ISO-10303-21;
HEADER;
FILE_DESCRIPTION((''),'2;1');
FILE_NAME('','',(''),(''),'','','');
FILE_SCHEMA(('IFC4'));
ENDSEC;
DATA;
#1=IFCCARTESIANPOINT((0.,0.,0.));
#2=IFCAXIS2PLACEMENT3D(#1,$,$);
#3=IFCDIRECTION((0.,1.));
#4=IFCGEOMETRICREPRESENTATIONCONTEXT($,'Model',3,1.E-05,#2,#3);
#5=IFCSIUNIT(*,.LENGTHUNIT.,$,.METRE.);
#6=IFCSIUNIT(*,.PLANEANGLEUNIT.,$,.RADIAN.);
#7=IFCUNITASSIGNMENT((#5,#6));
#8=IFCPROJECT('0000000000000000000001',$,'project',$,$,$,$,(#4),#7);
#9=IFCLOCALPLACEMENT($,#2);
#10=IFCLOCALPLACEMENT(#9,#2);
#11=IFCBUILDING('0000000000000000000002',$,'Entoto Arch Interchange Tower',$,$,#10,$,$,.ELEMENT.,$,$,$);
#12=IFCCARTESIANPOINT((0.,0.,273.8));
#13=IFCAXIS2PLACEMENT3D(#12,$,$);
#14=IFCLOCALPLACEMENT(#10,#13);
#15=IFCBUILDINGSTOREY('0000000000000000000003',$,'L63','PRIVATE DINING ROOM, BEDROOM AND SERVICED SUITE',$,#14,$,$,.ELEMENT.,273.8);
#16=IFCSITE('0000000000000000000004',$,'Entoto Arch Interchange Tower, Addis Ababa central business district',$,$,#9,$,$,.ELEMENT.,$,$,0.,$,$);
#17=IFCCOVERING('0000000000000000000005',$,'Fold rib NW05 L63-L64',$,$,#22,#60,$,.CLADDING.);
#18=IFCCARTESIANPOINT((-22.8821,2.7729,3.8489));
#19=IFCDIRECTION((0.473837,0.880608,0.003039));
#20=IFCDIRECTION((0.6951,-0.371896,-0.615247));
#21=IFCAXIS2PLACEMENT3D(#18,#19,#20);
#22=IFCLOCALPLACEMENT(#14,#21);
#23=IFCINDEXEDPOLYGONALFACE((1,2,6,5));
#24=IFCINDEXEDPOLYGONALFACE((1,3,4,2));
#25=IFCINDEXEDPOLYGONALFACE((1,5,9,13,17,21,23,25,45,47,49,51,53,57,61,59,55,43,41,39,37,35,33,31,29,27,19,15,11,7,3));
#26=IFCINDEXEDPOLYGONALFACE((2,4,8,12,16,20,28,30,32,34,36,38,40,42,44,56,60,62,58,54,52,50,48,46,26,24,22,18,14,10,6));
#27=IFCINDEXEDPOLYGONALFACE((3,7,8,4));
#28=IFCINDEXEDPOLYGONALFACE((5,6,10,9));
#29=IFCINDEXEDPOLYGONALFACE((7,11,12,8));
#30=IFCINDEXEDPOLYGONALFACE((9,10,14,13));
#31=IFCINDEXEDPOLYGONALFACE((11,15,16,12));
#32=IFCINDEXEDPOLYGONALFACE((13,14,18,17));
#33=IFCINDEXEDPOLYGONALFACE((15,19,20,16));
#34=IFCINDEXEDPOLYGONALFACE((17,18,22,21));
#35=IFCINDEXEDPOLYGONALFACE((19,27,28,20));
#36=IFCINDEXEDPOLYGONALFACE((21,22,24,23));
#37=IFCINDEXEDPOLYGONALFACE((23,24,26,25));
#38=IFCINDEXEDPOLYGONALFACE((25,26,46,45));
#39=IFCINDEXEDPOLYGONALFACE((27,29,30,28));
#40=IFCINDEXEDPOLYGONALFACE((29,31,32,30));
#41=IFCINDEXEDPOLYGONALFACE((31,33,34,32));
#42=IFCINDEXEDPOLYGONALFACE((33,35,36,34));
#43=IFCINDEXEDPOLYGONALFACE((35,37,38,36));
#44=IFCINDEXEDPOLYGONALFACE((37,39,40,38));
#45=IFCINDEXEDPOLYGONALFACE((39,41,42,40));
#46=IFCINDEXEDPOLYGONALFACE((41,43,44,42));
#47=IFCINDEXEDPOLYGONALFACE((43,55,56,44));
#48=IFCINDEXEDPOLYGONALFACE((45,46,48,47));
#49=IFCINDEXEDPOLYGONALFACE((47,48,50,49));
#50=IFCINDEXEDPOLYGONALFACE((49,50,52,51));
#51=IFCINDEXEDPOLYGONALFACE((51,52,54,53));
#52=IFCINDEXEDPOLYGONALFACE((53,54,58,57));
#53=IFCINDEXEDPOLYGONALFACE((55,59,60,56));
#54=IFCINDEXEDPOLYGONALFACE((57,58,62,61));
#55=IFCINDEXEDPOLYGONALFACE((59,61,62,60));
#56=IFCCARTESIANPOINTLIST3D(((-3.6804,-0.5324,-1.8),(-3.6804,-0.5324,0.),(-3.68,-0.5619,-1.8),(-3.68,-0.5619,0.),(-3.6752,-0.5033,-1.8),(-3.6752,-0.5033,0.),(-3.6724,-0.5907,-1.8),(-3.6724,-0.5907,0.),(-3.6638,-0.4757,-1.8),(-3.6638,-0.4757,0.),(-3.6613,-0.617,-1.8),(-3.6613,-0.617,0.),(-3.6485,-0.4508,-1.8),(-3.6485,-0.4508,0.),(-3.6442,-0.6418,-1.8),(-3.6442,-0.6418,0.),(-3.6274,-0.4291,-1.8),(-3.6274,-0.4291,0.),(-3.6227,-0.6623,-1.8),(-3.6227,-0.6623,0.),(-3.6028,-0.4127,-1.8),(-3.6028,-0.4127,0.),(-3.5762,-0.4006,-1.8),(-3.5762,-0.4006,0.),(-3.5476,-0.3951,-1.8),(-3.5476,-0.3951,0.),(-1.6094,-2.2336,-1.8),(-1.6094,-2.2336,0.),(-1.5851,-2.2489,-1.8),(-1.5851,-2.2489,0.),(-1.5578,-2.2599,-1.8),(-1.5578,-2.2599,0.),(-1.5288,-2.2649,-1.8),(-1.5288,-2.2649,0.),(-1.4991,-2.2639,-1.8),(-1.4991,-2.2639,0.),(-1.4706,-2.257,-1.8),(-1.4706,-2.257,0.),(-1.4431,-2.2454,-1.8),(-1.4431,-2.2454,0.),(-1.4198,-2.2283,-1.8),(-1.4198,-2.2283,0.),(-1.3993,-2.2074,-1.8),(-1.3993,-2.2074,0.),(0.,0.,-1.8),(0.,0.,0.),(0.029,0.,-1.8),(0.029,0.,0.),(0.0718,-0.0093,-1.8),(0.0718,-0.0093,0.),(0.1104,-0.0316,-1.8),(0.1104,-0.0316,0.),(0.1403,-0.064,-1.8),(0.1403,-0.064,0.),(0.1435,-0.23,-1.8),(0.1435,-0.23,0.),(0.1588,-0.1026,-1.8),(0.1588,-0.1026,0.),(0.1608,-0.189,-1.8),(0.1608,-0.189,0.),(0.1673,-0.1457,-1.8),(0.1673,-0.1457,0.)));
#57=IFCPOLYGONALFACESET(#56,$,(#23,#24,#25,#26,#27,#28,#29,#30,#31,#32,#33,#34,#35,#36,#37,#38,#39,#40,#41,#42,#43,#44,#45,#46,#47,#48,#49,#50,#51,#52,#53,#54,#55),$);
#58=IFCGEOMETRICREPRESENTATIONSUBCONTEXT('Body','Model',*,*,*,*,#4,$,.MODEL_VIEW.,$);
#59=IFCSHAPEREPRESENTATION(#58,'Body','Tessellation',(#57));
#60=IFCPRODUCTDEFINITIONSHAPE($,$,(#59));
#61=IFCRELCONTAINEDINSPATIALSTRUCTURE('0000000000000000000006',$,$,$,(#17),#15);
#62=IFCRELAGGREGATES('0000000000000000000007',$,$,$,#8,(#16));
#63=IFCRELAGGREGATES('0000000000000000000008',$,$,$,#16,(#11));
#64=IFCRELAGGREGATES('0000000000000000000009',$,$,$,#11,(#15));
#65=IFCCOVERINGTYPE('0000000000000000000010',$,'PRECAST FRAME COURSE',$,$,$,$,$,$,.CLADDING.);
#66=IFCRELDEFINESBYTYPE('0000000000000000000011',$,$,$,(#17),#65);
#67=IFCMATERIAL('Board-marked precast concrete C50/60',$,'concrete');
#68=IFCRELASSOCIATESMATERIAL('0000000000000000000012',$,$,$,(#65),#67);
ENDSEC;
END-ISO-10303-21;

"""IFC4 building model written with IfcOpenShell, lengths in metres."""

from ifc_helpers import new_model, si_unit, direction, frame, origin, place, context, subcontext, project, spatial, polyline, outline, extrude, material, type_object, element, save


model = new_model("IFC4")

# Units and contexts
model_context = context("Model", 3, precision=1e-05, world=origin(), true_north=direction((0.0, 1.0)))
body_context = subcontext(model_context, "Body", "Model", "MODEL_VIEW")
ifc_project = project(units=[si_unit("LENGTHUNIT", "METRE"), si_unit("PLANEANGLEUNIT", "RADIAN")], contexts=[model_context])

# Site, building, storey
site_placement = place(None, origin())
site = spatial("IfcSite", under=ifc_project, at=site_placement, Name="Entoto Arch Interchange Tower, Addis Ababa central business district", CompositionType="ELEMENT", RefElevation=0.0)
building_placement = place(site_placement, origin())
building = spatial("IfcBuilding", under=site, at=building_placement, Name="Entoto Arch Interchange Tower", CompositionType="ELEMENT")
storey_placement = place(building_placement, frame((0.0, 0.0, 273.8)))
storey = spatial("IfcBuildingStorey", under=building, at=storey_placement, Name="L63", Description="PRIVATE DINING ROOM, BEDROOM AND SERVICED SUITE", CompositionType="ELEMENT", Elevation=273.8)

# Covering
ifc_material_1 = material(Name="Board-marked precast concrete C50/60", Category="concrete")
covering_type = type_object("IfcCoveringType", Name="PRECAST FRAME COURSE", PredefinedType="CLADDING", material=ifc_material_1)
covering_placement = place(storey_placement, frame((-22.8821, 2.7729, 3.8489), z_axis=(0.473837, 0.880608, 0.003039), x_axis=(0.6951, -0.371896, -0.615247)))
element("IfcCovering", 1, at=covering_placement, inside=storey, type_object=covering_type, Name="Fold rib NW05 L63-L64", PredefinedType="CLADDING", context=body_context, shape_type="SweptSolid", body=[
    extrude(outline(polyline([(0.0, 0.0), (0.029, 0.0), (0.0718, -0.0093), (0.1104, -0.0316), (0.1403, -0.064), (0.1588, -0.1026), (0.1673, -0.1457), (0.1608, -0.189), (0.1435, -0.23), (-1.3993, -2.2074), (-1.4198, -2.2283), (-1.4431, -2.2454), (-1.4706, -2.257), (-1.4991, -2.2639), (-1.5288, -2.2649), (-1.5578, -2.2599), (-1.5851, -2.2489), (-1.6094, -2.2336), (-3.6227, -0.6623), (-3.6442, -0.6418), (-3.6613, -0.617), (-3.6724, -0.5907), (-3.68, -0.5619), (-3.6804, -0.5324), (-3.6752, -0.5033), (-3.6638, -0.4757), (-3.6485, -0.4508), (-3.6274, -0.4291), (-3.6028, -0.4127), (-3.5762, -0.4006), (-3.5476, -0.3951), (0.0, 0.0)])), origin(), (0.0, 0.0, -1.0), 1.8),
])

save(model, "model.ifc")
